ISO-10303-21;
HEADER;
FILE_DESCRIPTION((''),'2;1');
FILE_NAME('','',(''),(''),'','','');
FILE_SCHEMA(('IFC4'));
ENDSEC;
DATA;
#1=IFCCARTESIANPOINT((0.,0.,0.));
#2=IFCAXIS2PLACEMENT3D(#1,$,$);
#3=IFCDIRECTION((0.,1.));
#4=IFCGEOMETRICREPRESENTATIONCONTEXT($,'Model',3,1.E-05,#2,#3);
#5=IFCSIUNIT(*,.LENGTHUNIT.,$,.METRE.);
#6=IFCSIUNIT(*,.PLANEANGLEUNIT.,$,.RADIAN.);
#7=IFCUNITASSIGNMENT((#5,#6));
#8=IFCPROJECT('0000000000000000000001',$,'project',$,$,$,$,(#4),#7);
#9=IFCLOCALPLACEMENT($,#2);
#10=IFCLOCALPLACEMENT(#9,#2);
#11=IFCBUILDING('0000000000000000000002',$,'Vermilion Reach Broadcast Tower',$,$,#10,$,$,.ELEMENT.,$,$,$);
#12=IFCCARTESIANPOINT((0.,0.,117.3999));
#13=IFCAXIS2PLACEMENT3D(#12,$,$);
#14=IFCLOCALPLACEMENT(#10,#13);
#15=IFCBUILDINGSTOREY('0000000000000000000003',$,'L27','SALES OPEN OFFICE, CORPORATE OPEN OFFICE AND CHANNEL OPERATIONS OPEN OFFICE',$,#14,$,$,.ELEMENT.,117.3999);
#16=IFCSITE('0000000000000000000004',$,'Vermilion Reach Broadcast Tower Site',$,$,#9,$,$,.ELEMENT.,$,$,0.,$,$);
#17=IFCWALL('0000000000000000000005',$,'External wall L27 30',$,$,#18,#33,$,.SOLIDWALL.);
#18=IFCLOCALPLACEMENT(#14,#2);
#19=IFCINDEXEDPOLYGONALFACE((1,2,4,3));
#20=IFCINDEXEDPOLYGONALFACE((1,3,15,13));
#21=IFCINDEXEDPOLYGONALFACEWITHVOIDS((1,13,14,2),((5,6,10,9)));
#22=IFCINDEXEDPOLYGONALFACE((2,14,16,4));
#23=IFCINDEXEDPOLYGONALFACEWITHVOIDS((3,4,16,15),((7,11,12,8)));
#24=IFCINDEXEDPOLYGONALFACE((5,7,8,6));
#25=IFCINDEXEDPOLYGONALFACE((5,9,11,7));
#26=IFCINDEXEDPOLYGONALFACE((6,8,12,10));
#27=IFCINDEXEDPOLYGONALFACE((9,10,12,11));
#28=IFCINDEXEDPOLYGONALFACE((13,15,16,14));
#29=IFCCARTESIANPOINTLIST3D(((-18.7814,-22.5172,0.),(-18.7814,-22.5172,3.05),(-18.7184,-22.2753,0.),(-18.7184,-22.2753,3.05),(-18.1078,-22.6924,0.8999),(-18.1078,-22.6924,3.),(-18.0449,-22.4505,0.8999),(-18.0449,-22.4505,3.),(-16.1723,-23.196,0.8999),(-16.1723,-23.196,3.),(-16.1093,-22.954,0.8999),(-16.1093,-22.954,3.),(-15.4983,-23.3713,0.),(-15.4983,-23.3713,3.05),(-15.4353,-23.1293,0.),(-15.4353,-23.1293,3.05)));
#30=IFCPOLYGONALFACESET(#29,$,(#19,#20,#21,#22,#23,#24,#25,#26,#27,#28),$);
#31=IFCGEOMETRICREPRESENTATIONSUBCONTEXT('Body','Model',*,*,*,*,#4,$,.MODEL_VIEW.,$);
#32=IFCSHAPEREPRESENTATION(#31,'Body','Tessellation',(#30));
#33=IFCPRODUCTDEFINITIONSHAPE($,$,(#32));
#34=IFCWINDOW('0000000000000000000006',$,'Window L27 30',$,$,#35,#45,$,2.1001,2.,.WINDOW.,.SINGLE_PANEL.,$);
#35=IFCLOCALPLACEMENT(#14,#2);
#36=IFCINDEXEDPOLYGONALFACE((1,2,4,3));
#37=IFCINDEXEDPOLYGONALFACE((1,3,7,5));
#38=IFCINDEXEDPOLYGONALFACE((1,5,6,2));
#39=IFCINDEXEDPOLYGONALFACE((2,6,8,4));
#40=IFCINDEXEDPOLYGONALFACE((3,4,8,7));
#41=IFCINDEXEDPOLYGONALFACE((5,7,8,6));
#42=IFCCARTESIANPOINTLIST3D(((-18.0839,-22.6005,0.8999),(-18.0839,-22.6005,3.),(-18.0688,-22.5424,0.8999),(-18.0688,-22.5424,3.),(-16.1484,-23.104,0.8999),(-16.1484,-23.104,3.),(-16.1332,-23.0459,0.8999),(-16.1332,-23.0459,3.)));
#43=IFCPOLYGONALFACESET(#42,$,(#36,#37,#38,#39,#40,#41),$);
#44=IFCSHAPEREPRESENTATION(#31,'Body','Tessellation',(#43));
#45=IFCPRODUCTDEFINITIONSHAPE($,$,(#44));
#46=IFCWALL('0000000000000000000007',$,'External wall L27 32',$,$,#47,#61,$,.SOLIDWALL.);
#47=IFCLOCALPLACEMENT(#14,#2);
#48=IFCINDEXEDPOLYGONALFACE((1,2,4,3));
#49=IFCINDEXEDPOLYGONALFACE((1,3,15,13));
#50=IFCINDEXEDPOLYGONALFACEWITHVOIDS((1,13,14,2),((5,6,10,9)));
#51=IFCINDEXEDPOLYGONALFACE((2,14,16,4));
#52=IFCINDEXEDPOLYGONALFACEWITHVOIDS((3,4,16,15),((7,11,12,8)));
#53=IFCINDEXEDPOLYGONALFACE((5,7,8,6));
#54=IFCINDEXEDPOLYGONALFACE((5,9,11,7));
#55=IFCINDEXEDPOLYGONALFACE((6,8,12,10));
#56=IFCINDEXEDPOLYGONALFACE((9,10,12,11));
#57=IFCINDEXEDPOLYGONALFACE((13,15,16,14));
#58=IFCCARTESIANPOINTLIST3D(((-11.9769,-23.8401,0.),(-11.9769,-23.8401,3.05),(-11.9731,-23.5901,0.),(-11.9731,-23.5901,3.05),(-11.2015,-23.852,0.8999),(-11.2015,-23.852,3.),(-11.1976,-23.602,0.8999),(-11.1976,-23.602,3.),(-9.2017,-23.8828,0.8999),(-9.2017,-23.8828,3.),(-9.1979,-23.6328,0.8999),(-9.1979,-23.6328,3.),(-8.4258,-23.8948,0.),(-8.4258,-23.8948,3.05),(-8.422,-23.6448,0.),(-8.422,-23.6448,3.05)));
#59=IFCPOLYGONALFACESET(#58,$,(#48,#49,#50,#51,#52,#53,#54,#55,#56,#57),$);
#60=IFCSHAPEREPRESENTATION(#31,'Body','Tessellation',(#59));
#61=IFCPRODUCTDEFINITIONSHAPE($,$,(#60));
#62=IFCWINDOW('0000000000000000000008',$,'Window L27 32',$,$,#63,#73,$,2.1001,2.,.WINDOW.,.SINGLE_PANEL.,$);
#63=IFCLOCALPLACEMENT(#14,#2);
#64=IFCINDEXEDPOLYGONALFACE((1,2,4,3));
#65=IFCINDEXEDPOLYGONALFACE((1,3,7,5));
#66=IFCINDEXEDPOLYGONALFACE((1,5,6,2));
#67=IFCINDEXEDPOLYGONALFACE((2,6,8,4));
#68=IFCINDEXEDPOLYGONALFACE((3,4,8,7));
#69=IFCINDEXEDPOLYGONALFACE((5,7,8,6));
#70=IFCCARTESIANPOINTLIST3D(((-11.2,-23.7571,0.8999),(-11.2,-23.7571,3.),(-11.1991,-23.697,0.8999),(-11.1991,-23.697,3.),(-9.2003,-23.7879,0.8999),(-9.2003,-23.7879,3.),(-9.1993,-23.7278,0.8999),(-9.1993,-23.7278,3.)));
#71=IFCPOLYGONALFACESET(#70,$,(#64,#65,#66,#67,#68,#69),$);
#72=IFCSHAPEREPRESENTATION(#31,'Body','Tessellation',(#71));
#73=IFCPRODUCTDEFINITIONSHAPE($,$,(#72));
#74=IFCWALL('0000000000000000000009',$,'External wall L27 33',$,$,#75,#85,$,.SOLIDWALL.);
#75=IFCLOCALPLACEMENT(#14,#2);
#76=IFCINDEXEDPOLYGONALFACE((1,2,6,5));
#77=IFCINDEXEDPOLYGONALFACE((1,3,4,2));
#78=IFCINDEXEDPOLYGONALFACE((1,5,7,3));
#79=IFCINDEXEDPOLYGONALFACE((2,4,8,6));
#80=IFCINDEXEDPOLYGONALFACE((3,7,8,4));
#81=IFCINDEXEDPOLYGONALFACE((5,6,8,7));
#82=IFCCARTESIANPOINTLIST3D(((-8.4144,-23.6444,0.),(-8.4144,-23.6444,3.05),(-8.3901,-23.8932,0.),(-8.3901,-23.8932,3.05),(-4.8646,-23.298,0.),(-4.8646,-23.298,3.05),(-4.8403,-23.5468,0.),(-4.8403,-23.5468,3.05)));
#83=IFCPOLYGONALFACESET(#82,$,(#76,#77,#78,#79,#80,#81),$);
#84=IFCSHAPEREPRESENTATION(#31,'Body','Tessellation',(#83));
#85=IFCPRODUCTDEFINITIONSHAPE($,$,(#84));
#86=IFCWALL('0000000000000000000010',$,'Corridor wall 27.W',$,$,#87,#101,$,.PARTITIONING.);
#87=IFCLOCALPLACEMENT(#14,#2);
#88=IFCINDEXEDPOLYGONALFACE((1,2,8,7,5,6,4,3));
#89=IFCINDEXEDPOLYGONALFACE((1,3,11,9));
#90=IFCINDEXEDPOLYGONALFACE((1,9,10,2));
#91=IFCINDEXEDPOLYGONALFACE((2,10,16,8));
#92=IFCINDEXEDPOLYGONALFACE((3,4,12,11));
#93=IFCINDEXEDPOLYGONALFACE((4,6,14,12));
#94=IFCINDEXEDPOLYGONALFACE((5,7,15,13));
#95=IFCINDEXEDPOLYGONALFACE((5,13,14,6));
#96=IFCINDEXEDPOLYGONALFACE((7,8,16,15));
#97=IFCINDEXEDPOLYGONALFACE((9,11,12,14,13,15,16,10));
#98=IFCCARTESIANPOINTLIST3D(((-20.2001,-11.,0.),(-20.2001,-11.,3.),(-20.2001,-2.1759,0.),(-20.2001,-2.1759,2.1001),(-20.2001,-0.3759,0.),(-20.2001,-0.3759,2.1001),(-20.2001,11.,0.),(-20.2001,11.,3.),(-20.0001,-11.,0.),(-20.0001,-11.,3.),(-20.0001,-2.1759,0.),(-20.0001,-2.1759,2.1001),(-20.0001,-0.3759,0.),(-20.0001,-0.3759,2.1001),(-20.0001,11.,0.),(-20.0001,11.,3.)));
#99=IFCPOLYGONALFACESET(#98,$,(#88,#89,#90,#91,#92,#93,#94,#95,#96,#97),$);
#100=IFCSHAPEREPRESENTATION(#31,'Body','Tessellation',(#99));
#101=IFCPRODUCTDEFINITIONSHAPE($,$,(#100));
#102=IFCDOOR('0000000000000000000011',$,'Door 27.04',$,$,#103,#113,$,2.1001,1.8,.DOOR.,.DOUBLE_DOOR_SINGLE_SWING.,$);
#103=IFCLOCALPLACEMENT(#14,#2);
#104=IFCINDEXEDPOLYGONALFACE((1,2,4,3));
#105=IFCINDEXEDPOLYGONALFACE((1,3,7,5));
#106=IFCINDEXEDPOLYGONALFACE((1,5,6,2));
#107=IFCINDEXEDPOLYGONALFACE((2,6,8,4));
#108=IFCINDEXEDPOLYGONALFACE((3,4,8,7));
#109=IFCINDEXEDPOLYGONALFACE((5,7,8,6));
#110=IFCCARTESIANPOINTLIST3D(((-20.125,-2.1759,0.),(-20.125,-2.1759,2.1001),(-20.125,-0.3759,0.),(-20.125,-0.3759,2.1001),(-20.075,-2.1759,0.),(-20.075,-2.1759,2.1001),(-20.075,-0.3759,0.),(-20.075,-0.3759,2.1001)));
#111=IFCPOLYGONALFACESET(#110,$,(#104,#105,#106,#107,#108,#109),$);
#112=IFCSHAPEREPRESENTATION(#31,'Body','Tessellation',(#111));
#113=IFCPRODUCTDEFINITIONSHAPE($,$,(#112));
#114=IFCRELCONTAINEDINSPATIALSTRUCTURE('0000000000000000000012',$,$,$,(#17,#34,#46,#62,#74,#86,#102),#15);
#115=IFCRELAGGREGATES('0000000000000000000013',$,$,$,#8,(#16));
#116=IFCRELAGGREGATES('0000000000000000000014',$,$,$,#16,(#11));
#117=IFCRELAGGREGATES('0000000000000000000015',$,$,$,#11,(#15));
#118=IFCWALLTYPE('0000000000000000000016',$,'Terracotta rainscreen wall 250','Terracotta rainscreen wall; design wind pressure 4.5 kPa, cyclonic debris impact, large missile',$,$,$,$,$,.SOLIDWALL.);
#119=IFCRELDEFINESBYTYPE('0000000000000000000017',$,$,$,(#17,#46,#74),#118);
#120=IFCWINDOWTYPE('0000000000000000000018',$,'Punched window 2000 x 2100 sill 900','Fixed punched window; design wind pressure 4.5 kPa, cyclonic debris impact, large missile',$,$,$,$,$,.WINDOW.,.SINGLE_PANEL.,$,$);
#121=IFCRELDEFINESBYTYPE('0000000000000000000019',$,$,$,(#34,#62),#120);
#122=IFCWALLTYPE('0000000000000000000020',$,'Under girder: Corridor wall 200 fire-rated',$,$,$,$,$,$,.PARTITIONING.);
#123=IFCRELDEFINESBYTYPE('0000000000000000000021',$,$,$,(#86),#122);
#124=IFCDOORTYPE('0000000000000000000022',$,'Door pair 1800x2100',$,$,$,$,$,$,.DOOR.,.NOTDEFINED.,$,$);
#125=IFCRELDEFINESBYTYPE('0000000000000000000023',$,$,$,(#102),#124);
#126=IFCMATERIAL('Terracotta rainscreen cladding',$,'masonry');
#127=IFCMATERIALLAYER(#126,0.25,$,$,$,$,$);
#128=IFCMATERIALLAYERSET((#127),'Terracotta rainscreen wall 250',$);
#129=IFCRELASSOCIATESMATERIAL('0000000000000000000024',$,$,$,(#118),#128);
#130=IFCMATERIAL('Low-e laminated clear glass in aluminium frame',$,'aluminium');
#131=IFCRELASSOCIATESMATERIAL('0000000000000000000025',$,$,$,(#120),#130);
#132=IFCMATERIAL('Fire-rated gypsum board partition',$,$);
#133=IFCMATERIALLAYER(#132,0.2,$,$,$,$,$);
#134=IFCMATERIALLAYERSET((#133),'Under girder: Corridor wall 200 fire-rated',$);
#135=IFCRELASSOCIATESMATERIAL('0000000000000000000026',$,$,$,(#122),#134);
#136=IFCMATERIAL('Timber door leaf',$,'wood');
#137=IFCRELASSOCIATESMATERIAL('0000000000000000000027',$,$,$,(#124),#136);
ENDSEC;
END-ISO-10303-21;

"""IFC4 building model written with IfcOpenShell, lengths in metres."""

from ifc_helpers import new_model, si_unit, direction, frame, frame_2d, origin, place, context, subcontext, project, spatial, rectangle, extrude, material, layer, layer_set, type_object, element, fill, save


model = new_model("IFC4")

# Units and contexts
model_context = context("Model", 3, precision=1e-05, world=origin(), true_north=direction((0.0, 1.0)))
body_context = subcontext(model_context, "Body", "Model", "MODEL_VIEW")
ifc_project = project(units=[si_unit("LENGTHUNIT", "METRE"), si_unit("PLANEANGLEUNIT", "RADIAN")], contexts=[model_context])

# Site, building, storey
site_placement = place(None, origin())
site = spatial("IfcSite", under=ifc_project, at=site_placement, Name="Vermilion Reach Broadcast Tower Site", CompositionType="ELEMENT", RefElevation=0.0)
building_placement = place(site_placement, origin())
building = spatial("IfcBuilding", under=site, at=building_placement, Name="Vermilion Reach Broadcast Tower", CompositionType="ELEMENT")
storey_placement = place(building_placement, frame((0.0, 0.0, 117.3999)))
storey = spatial("IfcBuildingStorey", under=building, at=storey_placement, Name="L27", Description="SALES OPEN OFFICE, CORPORATE OPEN OFFICE AND CHANNEL OPERATIONS OPEN OFFICE", CompositionType="ELEMENT", Elevation=117.3999)

# Wall, opening, window
ifc_material_1 = material(Name="Terracotta rainscreen cladding", Category="masonry")
ifc_layer_1 = layer(ifc_material_1, 0.25)
ifc_layer_set_1 = layer_set([ifc_layer_1], Name="Terracotta rainscreen wall 250")
wall_type_1 = type_object("IfcWallType", Name="Terracotta rainscreen wall 250", Description="Terracotta rainscreen wall; design wind pressure 4.5 kPa, cyclonic debris impact, large missile", PredefinedType="SOLIDWALL", material=ifc_layer_set_1)
wall_1_placement = place(storey_placement, frame((-18.75, -22.3962, 0.0), z_axis=(0.0, 0.0, 1.0), x_axis=(0.967791, -0.251754, 0.0)))
wall_1 = element("IfcWall", 1, at=wall_1_placement, inside=storey, type_object=wall_type_1, Name="External wall L27 30", PredefinedType="SOLIDWALL", context=body_context, shape_type="SweptSolid", body=[
    extrude(rectangle(XDim=3.3923, YDim=0.25, at=frame_2d((1.6963, 0.0))), origin(), (0.0, 0.0, 1.0), 3.05),
])
opening_1_placement = place(wall_1_placement, frame((0.696, 0.0, 0.8999)))
opening_1 = element("IfcOpeningElement", 2, at=opening_1_placement, cuts=wall_1, PredefinedType="OPENING", context=body_context, shape_type="SweptSolid", body=[
    extrude(rectangle(XDim=2.0, YDim=2.1001, at=frame_2d((1.0, 1.05))), frame((0.0, 0.135, 0.0), z_axis=(0.0, -1.0, 0.0), x_axis=(1.0, 0.0, 0.0)), (0.0, 0.0, 1.0), 0.27),
])
ifc_material_2 = material(Name="Low-e laminated clear glass in aluminium frame", Category="aluminium")
window_type = type_object("IfcWindowType", Name="Punched window 2000 x 2100 sill 900", Description="Fixed punched window; design wind pressure 4.5 kPa, cyclonic debris impact, large missile", PartitioningType="SINGLE_PANEL", PredefinedType="WINDOW", material=ifc_material_2)
window_1_placement = place(opening_1_placement, origin())
window_1 = element("IfcWindow", 3, at=window_1_placement, inside=storey, type_object=window_type, Name="Window L27 30", OverallHeight=2.1001, OverallWidth=2.0, PartitioningType="SINGLE_PANEL", PredefinedType="WINDOW", context=body_context, shape_type="SweptSolid", body=[
    extrude(rectangle(XDim=2.0, YDim=2.1001, at=frame_2d((1.0, 1.05))), frame((0.0, 0.03, 0.0), z_axis=(0.0, -1.0, 0.0), x_axis=(1.0, 0.0, 0.0)), (0.0, 0.0, 1.0), 0.0601),
])
fill(opening_1, window_1)

# Wall, opening, window
wall_2_placement = place(storey_placement, frame((-11.9751, -23.7151, 0.0), z_axis=(0.0, 0.0, 1.0), x_axis=(0.999881, -0.015399, 0.0)))
wall_2 = element("IfcWall", 4, at=wall_2_placement, inside=storey, type_object=wall_type_1, Name="External wall L27 32", PredefinedType="SOLIDWALL", context=body_context, shape_type="SweptSolid", body=[
    extrude(rectangle(XDim=3.5515, YDim=0.25, at=frame_2d((1.7759, 0.0))), origin(), (0.0, 0.0, 1.0), 3.05),
])
opening_2_placement = place(wall_2_placement, frame((0.7756, 0.0, 0.8999)))
opening_2 = element("IfcOpeningElement", 5, at=opening_2_placement, cuts=wall_2, PredefinedType="OPENING", context=body_context, shape_type="SweptSolid", body=[
    extrude(rectangle(XDim=2.0, YDim=2.1001, at=frame_2d((1.0, 1.05))), frame((0.0, 0.135, 0.0), z_axis=(0.0, -1.0, 0.0), x_axis=(1.0, 0.0, 0.0)), (0.0, 0.0, 1.0), 0.27),
])
window_2_placement = place(opening_2_placement, origin())
window_2 = element("IfcWindow", 6, at=window_2_placement, inside=storey, type_object=window_type, Name="Window L27 32", OverallHeight=2.1001, OverallWidth=2.0, PartitioningType="SINGLE_PANEL", PredefinedType="WINDOW", context=body_context, shape_type="SweptSolid", body=[
    extrude(rectangle(XDim=2.0, YDim=2.1001, at=frame_2d((1.0, 1.05))), frame((0.0, 0.03, 0.0), z_axis=(0.0, -1.0, 0.0), x_axis=(1.0, 0.0, 0.0)), (0.0, 0.0, 1.0), 0.0601),
])
fill(opening_2, window_2)

# Wall
wall_3_placement = place(storey_placement, frame((-8.4021, -23.7688, 0.0), z_axis=(0.0, 0.0, 1.0), x_axis=(0.995272, 0.097131, 0.0)))
element("IfcWall", 7, at=wall_3_placement, inside=storey, type_object=wall_type_1, Name="External wall L27 33", PredefinedType="SOLIDWALL", context=body_context, shape_type="SweptSolid", body=[
    extrude(rectangle(XDim=3.5667, YDim=0.25, at=frame_2d((1.7832, 0.0))), origin(), (0.0, 0.0, 1.0), 3.05),
])

# Wall, opening, door
ifc_material_3 = material(Name="Fire-rated gypsum board partition")
ifc_layer_2 = layer(ifc_material_3, 0.2)
ifc_layer_set_2 = layer_set([ifc_layer_2], Name="Under girder: Corridor wall 200 fire-rated")
wall_type_2 = type_object("IfcWallType", Name="Under girder: Corridor wall 200 fire-rated", PredefinedType="PARTITIONING", material=ifc_layer_set_2)
wall_4_placement = place(storey_placement, frame((-20.1001, -11.0, 0.0), z_axis=(0.0, 0.0, 1.0), x_axis=(0.0, 1.0, 0.0)))
wall_4 = element("IfcWall", 8, at=wall_4_placement, inside=storey, type_object=wall_type_2, Name="Corridor wall 27.W", PredefinedType="PARTITIONING", context=body_context, shape_type="SweptSolid", body=[
    extrude(rectangle(XDim=22.0, YDim=0.2, at=frame_2d((11.0, 0.0))), origin(), (0.0, 0.0, 1.0), 3.0),
])
opening_3_placement = place(wall_4_placement, frame((8.8242, 0.0, 0.0)))
opening_3 = element("IfcOpeningElement", 9, at=opening_3_placement, cuts=wall_4, PredefinedType="OPENING", context=body_context, shape_type="SweptSolid", body=[
    extrude(rectangle(XDim=1.8, YDim=2.1001, at=frame_2d((0.8999, 1.05))), frame((0.0, 0.1099, 0.0), z_axis=(0.0, -1.0, 0.0), x_axis=(1.0, 0.0, 0.0)), (0.0, 0.0, 1.0), 0.22),
])
ifc_material_4 = material(Name="Timber door leaf", Category="wood")
door_type_1 = type_object("IfcDoorType", Name="Door pair 1800x2100", OperationType="NOTDEFINED", PredefinedType="DOOR", material=ifc_material_4)
door_1_placement = place(opening_3_placement, origin())
door_1 = element("IfcDoor", 10, at=door_1_placement, inside=storey, type_object=door_type_1, Name="Door 27.04", OperationType="DOUBLE_DOOR_SINGLE_SWING", OverallHeight=2.1001, OverallWidth=1.8, PredefinedType="DOOR", context=body_context, shape_type="SweptSolid", body=[
    extrude(rectangle(XDim=1.8, YDim=2.1001, at=frame_2d((0.8999, 1.05))), frame((0.0, 0.0249, 0.0), z_axis=(0.0, -1.0, 0.0), x_axis=(1.0, 0.0, 0.0)), (0.0, 0.0, 1.0), 0.05),
])
fill(opening_3, door_1)

save(model, "model.ifc")
